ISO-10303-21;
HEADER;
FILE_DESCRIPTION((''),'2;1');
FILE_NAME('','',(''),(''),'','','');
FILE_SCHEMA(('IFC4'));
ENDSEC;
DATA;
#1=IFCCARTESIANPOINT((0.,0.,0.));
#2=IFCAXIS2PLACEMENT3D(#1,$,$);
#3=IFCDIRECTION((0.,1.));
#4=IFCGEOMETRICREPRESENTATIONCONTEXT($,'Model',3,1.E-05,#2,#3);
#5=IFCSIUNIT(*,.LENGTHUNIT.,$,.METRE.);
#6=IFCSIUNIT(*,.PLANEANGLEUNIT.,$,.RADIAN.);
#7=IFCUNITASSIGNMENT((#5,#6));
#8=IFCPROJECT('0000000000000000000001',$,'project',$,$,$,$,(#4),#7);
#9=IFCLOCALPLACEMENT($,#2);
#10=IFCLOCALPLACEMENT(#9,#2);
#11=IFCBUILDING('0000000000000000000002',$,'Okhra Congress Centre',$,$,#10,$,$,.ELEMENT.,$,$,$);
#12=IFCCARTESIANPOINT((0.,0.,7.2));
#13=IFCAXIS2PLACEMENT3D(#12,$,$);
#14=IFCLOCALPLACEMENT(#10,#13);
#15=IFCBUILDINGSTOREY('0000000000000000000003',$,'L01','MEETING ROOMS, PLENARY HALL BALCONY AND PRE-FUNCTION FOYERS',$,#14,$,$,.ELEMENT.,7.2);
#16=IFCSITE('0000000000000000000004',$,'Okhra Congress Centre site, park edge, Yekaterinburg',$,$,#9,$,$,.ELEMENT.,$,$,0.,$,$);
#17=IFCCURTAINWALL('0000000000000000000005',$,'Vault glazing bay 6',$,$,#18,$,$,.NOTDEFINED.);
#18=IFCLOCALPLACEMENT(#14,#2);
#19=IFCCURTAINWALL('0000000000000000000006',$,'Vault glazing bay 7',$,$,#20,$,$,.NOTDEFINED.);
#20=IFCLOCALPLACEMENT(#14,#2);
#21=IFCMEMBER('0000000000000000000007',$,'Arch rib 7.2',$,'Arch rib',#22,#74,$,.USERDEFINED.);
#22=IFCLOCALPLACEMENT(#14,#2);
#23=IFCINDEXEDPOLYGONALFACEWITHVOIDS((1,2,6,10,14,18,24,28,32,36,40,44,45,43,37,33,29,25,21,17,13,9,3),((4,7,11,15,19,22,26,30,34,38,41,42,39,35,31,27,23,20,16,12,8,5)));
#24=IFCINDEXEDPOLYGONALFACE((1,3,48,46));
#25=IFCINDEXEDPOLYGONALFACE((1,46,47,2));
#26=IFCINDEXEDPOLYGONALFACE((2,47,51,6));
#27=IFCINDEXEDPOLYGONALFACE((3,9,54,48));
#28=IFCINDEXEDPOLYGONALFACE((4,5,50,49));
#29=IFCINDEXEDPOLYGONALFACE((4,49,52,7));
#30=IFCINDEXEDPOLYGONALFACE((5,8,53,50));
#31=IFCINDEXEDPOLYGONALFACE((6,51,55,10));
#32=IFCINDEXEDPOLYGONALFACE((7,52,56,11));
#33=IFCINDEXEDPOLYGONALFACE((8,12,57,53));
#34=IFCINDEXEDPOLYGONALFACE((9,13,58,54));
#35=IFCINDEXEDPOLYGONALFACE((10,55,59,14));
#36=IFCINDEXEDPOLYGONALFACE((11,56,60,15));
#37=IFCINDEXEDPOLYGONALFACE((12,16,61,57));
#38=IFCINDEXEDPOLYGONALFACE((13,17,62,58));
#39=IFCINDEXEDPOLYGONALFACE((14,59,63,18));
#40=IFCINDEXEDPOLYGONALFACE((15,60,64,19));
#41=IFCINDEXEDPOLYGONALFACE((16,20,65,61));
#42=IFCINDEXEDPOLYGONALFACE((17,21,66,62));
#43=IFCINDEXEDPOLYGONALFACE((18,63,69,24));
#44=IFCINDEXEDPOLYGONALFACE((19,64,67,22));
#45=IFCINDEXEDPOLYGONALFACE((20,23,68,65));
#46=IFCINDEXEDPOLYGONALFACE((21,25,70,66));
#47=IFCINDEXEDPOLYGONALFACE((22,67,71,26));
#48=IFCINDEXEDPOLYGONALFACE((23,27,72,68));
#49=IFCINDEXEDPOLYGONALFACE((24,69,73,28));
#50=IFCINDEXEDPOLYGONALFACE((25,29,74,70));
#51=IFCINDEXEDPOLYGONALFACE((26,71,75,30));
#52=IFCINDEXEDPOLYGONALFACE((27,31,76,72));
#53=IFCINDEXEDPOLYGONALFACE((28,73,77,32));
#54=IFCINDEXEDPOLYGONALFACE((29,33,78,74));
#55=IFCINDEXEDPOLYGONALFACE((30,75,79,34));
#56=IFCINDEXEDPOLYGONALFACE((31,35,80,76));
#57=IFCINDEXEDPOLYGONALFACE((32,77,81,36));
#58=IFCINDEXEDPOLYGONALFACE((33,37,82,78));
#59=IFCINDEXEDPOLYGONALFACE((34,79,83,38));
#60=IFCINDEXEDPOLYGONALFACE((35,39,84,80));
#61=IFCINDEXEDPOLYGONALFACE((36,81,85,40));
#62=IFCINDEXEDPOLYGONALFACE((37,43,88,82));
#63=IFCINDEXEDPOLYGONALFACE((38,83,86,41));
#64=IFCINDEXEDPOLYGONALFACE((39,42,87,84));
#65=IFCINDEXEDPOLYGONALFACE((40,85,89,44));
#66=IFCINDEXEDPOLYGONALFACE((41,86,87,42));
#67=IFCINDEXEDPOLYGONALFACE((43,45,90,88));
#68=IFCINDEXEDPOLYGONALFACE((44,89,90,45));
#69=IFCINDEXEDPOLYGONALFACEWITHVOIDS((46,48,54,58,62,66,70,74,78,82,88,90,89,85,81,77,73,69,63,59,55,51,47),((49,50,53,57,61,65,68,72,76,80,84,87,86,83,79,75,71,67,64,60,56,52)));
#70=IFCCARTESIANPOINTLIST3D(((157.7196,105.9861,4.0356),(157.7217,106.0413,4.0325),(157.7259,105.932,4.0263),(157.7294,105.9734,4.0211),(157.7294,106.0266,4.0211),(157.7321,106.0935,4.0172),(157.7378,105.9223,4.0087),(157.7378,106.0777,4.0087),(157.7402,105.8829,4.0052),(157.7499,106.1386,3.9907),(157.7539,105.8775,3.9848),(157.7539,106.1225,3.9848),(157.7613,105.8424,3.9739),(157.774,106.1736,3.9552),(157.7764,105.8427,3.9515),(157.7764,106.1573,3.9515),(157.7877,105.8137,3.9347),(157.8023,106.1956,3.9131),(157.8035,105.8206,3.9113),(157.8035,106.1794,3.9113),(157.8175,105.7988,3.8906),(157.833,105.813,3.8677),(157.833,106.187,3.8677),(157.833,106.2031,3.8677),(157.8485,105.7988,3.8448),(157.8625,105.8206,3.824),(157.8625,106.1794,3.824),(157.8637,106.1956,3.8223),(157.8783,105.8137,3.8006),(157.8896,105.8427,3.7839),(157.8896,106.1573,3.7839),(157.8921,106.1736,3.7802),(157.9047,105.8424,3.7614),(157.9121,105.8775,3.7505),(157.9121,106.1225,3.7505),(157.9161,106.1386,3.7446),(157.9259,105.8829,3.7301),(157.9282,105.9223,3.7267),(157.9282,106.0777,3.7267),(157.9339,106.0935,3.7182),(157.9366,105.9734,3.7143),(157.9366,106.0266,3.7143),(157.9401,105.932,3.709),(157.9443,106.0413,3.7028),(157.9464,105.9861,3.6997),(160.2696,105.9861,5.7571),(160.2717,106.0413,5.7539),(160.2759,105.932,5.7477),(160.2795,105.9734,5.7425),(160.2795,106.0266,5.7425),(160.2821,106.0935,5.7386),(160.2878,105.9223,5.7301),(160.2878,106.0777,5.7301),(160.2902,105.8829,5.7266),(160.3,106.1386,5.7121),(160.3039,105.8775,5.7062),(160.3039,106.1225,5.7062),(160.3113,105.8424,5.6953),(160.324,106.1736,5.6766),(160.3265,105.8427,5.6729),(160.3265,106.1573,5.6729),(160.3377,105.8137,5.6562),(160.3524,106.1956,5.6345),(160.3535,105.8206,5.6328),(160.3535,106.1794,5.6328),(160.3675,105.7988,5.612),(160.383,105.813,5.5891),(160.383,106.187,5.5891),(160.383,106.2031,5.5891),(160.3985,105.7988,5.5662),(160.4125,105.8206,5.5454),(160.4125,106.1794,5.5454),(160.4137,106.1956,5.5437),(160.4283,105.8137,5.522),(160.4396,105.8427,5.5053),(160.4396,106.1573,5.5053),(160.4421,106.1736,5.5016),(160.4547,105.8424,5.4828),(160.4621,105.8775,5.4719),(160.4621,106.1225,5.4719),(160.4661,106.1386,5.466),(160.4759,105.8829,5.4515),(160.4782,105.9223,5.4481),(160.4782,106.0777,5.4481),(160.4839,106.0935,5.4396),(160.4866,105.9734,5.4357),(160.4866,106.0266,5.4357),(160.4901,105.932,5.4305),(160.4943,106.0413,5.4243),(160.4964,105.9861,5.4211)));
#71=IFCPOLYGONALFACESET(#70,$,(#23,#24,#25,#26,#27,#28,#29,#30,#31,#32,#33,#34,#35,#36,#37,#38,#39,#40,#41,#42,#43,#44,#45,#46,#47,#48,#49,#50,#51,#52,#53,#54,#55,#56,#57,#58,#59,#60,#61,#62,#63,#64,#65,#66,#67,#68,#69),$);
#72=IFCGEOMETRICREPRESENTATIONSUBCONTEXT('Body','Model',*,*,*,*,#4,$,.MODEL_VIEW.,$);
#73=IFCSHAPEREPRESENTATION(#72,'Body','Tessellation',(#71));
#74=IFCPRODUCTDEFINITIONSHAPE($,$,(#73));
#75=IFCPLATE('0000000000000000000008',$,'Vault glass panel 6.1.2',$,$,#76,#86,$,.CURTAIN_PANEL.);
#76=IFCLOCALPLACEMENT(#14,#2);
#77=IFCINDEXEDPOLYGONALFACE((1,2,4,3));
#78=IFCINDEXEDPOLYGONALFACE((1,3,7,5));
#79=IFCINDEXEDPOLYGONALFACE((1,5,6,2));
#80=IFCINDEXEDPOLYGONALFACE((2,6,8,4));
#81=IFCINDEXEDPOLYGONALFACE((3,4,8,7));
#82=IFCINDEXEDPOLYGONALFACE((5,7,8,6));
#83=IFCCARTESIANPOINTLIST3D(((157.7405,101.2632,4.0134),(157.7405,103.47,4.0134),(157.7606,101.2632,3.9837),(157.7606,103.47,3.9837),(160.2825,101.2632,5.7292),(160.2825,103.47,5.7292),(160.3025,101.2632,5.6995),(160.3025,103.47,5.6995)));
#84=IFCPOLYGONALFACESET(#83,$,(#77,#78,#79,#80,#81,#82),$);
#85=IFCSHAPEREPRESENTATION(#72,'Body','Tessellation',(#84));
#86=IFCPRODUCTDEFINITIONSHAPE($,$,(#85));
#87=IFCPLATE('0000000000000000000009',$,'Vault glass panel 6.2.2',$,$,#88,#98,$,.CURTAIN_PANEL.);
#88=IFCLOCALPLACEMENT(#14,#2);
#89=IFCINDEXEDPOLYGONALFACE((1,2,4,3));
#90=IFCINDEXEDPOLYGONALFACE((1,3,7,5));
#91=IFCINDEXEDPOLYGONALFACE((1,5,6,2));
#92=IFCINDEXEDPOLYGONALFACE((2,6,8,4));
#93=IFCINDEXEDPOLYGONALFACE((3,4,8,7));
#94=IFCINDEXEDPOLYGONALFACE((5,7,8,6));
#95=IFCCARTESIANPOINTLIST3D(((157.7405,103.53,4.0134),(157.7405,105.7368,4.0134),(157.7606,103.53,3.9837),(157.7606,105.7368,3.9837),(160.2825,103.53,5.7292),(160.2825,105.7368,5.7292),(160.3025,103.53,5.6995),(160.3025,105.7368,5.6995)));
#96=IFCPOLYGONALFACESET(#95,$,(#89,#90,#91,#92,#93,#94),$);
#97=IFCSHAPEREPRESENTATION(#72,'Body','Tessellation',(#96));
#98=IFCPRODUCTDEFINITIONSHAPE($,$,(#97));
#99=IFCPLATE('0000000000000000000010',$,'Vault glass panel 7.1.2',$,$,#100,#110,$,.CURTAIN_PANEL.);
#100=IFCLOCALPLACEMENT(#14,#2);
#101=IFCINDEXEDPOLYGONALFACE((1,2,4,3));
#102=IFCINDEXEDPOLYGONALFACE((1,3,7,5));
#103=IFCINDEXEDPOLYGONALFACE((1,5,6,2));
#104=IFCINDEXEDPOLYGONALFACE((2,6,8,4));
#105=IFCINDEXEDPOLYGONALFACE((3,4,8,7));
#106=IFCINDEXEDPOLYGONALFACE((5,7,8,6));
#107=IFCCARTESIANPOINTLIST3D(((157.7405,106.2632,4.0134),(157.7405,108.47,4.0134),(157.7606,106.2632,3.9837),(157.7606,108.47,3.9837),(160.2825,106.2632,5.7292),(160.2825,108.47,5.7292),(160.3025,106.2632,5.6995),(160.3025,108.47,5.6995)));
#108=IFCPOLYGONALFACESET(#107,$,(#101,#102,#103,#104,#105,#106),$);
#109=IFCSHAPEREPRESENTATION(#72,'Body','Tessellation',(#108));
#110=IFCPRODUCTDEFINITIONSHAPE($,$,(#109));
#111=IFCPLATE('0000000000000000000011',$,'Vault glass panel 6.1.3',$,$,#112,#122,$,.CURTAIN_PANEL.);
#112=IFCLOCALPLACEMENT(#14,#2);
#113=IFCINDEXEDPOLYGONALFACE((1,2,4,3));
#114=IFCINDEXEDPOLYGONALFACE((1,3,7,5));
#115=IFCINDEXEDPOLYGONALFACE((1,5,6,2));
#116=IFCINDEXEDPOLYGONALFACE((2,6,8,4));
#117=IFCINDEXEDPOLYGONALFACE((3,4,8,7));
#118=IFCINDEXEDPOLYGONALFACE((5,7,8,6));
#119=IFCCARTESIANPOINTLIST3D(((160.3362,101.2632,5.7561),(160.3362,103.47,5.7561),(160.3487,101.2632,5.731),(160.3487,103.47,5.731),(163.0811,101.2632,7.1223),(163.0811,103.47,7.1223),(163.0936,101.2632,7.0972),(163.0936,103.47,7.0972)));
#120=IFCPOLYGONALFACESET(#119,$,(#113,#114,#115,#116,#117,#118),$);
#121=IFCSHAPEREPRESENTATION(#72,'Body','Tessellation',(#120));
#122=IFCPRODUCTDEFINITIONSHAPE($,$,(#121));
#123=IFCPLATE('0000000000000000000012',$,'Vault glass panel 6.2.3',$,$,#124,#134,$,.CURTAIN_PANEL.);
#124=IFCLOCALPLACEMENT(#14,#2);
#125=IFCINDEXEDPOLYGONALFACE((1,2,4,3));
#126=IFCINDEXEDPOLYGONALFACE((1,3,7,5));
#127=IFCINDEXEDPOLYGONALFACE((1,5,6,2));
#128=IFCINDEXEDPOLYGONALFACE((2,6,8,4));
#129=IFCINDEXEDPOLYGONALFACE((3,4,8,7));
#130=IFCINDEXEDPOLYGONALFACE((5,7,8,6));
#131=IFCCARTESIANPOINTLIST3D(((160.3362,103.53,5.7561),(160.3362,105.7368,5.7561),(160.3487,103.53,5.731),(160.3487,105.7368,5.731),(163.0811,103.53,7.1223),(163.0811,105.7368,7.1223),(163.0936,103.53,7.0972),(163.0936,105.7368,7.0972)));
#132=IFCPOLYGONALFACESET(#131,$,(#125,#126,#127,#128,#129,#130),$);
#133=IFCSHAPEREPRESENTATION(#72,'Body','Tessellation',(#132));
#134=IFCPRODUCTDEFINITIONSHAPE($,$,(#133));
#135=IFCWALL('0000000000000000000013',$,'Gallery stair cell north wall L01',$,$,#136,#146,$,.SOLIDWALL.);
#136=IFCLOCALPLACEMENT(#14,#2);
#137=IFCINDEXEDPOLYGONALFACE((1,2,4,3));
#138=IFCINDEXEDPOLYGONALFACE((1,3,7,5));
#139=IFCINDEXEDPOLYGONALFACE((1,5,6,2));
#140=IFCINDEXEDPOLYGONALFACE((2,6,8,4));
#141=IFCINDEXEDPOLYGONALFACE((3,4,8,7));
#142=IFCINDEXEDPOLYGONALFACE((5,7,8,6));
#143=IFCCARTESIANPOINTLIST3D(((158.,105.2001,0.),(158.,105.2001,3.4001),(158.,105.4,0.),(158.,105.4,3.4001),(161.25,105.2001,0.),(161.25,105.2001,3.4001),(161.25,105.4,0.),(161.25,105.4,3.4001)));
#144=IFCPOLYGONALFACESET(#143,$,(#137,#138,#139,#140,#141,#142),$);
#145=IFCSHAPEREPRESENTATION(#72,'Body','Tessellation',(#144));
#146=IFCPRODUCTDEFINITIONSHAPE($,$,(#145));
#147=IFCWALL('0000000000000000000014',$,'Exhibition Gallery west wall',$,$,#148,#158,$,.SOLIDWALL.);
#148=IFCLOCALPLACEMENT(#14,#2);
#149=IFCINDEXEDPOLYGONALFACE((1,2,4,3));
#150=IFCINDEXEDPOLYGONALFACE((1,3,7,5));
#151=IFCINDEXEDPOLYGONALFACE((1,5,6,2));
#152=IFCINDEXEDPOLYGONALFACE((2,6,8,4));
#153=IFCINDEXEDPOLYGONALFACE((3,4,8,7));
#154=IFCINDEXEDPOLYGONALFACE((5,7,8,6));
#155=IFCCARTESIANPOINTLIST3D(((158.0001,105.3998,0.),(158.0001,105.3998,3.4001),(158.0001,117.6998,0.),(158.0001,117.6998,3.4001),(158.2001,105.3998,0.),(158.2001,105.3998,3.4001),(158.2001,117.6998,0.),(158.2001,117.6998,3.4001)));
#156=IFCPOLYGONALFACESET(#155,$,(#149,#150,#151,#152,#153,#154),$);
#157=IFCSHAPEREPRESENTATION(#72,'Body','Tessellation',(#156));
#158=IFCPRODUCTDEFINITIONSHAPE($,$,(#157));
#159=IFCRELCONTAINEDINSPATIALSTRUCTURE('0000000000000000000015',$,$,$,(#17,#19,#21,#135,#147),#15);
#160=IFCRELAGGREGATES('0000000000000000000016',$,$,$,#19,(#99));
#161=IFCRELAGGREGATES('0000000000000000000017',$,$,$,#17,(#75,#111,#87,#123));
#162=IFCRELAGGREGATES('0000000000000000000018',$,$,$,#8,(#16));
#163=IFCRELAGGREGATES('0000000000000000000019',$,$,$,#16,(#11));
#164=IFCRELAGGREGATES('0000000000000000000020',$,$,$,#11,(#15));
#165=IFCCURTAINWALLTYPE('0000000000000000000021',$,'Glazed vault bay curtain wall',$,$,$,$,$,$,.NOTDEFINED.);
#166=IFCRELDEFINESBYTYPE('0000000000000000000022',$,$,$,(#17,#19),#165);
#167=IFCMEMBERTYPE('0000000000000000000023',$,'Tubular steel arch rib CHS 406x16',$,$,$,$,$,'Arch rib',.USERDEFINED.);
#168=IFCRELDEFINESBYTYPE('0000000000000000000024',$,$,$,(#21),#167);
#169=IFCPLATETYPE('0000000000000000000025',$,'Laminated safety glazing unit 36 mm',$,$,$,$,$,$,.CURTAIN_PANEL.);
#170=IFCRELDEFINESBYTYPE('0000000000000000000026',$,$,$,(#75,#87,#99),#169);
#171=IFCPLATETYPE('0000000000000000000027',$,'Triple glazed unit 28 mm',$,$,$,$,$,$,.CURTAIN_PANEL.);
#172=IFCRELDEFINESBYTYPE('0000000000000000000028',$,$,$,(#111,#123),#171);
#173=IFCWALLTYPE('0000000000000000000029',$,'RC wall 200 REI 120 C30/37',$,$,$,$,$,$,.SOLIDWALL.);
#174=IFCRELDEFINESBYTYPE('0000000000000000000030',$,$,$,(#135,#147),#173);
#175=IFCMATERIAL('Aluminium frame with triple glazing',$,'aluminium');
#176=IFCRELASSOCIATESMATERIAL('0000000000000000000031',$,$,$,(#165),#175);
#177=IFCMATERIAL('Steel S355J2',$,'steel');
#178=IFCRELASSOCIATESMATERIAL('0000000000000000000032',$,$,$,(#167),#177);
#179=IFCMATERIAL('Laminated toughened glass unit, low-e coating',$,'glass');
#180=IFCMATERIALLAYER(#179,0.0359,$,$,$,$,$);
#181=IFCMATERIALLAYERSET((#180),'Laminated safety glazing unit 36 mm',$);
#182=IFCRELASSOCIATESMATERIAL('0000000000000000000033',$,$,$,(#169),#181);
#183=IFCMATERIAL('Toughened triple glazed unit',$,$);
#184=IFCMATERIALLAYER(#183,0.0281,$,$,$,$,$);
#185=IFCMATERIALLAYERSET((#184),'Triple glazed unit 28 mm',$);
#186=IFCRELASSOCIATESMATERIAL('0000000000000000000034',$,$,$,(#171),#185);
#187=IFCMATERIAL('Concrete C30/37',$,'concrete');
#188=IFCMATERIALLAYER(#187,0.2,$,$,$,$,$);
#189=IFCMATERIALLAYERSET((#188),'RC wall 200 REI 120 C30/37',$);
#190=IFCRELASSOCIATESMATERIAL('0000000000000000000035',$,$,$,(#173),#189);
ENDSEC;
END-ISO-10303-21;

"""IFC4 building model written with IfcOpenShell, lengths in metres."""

from ifc_helpers import new_model, si_unit, direction, frame, frame_2d, origin, origin_2d, place, context, subcontext, project, spatial, polyline, rectangle, hollow_circle, outline, extrude, material, layer, layer_set, material_profile, profile_set, type_object, element, aggregate, save


model = new_model("IFC4")

# Units and contexts
model_context = context("Model", 3, precision=1e-05, world=origin(), true_north=direction((0.0, 1.0)))
body_context = subcontext(model_context, "Body", "Model", "MODEL_VIEW")
ifc_project = project(units=[si_unit("LENGTHUNIT", "METRE"), si_unit("PLANEANGLEUNIT", "RADIAN")], contexts=[model_context])

# Site, building, storey
site_placement = place(None, origin())
site = spatial("IfcSite", under=ifc_project, at=site_placement, Name="Okhra Congress Centre site, park edge, Yekaterinburg", CompositionType="ELEMENT", RefElevation=0.0)
building_placement = place(site_placement, origin())
building = spatial("IfcBuilding", under=site, at=building_placement, Name="Okhra Congress Centre", CompositionType="ELEMENT")
storey_placement = place(building_placement, frame((0.0, 0.0, 7.2)))
storey = spatial("IfcBuildingStorey", under=building, at=storey_placement, Name="L01", Description="MEETING ROOMS, PLENARY HALL BALCONY AND PRE-FUNCTION FOYERS", CompositionType="ELEMENT", Elevation=7.2)

# Curtain walls
ifc_material_1 = material(Name="Aluminium frame with triple glazing", Category="aluminium")
curtain_wall_type = type_object("IfcCurtainWallType", Name="Glazed vault bay curtain wall", PredefinedType="NOTDEFINED", material=ifc_material_1)
curtain_wall_1_placement = place(storey_placement, origin())
curtain_wall_1 = element("IfcCurtainWall", 1, at=curtain_wall_1_placement, inside=storey, type_object=curtain_wall_type, Name="Vault glazing bay 6", PredefinedType="NOTDEFINED")
curtain_wall_2_placement = place(storey_placement, origin())
curtain_wall_2 = element("IfcCurtainWall", 2, at=curtain_wall_2_placement, inside=storey, type_object=curtain_wall_type, Name="Vault glazing bay 7", PredefinedType="NOTDEFINED")

# Member
ifc_material_2 = material(Name="Steel S355J2", Category="steel")
ifc_material_profile_1 = material_profile(ifc_material_2, hollow_circle(Radius=0.2031, WallThickness=0.0161, at=origin_2d()), Name="CHS 406.4x16")
ifc_profile_set_1 = profile_set([ifc_material_profile_1], Name="Steel S355J2")
member_type_1 = type_object("IfcMemberType", Name="Tubular steel arch rib CHS 406x16", ElementType="Arch rib", PredefinedType="USERDEFINED", material=ifc_profile_set_1)
member_1_placement = place(storey_placement, frame((157.833, 106.0, 3.8677), z_axis=(0.828826, 0.0, 0.559507), x_axis=(0.0, 1.0, 0.0)))
element("IfcMember", 3, at=member_1_placement, inside=storey, type_object=member_type_1, Name="Arch rib 7.2", ObjectType="Arch rib", PredefinedType="USERDEFINED", context=body_context, shape_type="SweptSolid", body=[
    extrude(hollow_circle(Radius=0.2031, WallThickness=0.0161, at=origin_2d()), origin(), (0.0, 0.0, 1.0), 3.0767),
])

# Plates
ifc_material_3 = material(Name="Laminated toughened glass unit, low-e coating", Category="glass")
ifc_layer_1 = layer(ifc_material_3, 0.0359)
ifc_layer_set_1 = layer_set([ifc_layer_1], Name="Laminated safety glazing unit 36 mm")
plate_type_1 = type_object("IfcPlateType", Name="Laminated safety glazing unit 36 mm", PredefinedType="CURTAIN_PANEL", material=ifc_layer_set_1)
plate_1_placement = place(storey_placement, frame((157.7405, 101.2632, 4.0134), z_axis=(-0.559467, 0.0, 0.828852), x_axis=(0.828852, 0.0, 0.559467)))
plate_1 = element("IfcPlate", 4, at=plate_1_placement, type_object=plate_type_1, Name="Vault glass panel 6.1.2", PredefinedType="CURTAIN_PANEL", context=body_context, shape_type="SweptSolid", body=[
    extrude(outline(polyline([(0.0, 0.0), (3.0669, 0.0), (3.0669, 2.2068), (0.0, 2.2068), (0.0, 0.0)])), origin(), (0.0, 0.0, -1.0), 0.0359),
])
plate_2_placement = place(storey_placement, frame((157.7405, 103.53, 4.0134), z_axis=(-0.559467, 0.0, 0.828852), x_axis=(0.828852, 0.0, 0.559467)))
plate_2 = element("IfcPlate", 5, at=plate_2_placement, type_object=plate_type_1, Name="Vault glass panel 6.2.2", PredefinedType="CURTAIN_PANEL", context=body_context, shape_type="SweptSolid", body=[
    extrude(outline(polyline([(0.0, 0.0), (3.0669, 0.0), (3.0669, 2.2068), (0.0, 2.2068), (0.0, 0.0)])), origin(), (0.0, 0.0, -1.0), 0.0359),
])
plate_3_placement = place(storey_placement, frame((157.7405, 106.2632, 4.0134), z_axis=(-0.559467, 0.0, 0.828852), x_axis=(0.828852, 0.0, 0.559467)))
plate_3 = element("IfcPlate", 6, at=plate_3_placement, type_object=plate_type_1, Name="Vault glass panel 7.1.2", PredefinedType="CURTAIN_PANEL", context=body_context, shape_type="SweptSolid", body=[
    extrude(outline(polyline([(0.0, 0.0), (3.0669, 0.0), (3.0669, 2.2068), (0.0, 2.2068), (0.0, 0.0)])), origin(), (0.0, 0.0, -1.0), 0.0359),
])
aggregate(curtain_wall_2, [plate_3])
ifc_material_4 = material(Name="Toughened triple glazed unit")
ifc_layer_2 = layer(ifc_material_4, 0.0281)
ifc_layer_set_2 = layer_set([ifc_layer_2], Name="Triple glazed unit 28 mm")
plate_type_2 = type_object("IfcPlateType", Name="Triple glazed unit 28 mm", PredefinedType="CURTAIN_PANEL", material=ifc_layer_set_2)
plate_4_placement = place(storey_placement, frame((160.3362, 101.2632, 5.7561), z_axis=(-0.445588, 0.0, 0.895238), x_axis=(0.895238, 0.0, 0.445588)))
plate_4 = element("IfcPlate", 7, at=plate_4_placement, type_object=plate_type_2, Name="Vault glass panel 6.1.3", PredefinedType="CURTAIN_PANEL", context=body_context, shape_type="SweptSolid", body=[
    extrude(outline(polyline([(0.0, 0.0), (3.0661, 0.0), (3.0661, 2.2068), (0.0, 2.2068), (0.0, 0.0)])), origin(), (0.0, 0.0, -1.0), 0.0281),
])
plate_5_placement = place(storey_placement, frame((160.3362, 103.53, 5.7561), z_axis=(-0.445588, 0.0, 0.895238), x_axis=(0.895238, 0.0, 0.445588)))
plate_5 = element("IfcPlate", 8, at=plate_5_placement, type_object=plate_type_2, Name="Vault glass panel 6.2.3", PredefinedType="CURTAIN_PANEL", context=body_context, shape_type="SweptSolid", body=[
    extrude(outline(polyline([(0.0, 0.0), (3.0661, 0.0), (3.0661, 2.2068), (0.0, 2.2068), (0.0, 0.0)])), origin(), (0.0, 0.0, -1.0), 0.0281),
])
aggregate(curtain_wall_1, [plate_1, plate_4, plate_2, plate_5])

# Walls
ifc_material_5 = material(Name="Concrete C30/37", Category="concrete")
ifc_layer_3 = layer(ifc_material_5, 0.2)
ifc_layer_set_3 = layer_set([ifc_layer_3], Name="RC wall 200 REI 120 C30/37")
wall_type = type_object("IfcWallType", Name="RC wall 200 REI 120 C30/37", PredefinedType="SOLIDWALL", material=ifc_layer_set_3)
wall_1_placement = place(storey_placement, frame((158.0, 105.3, 0.0), z_axis=(0.0, 0.0, 1.0), x_axis=(1.0, 0.0, 0.0)))
element("IfcWall", 9, at=wall_1_placement, inside=storey, type_object=wall_type, Name="Gallery stair cell north wall L01", PredefinedType="SOLIDWALL", context=body_context, shape_type="SweptSolid", body=[
    extrude(rectangle(XDim=3.25, YDim=0.2, at=frame_2d((1.625, 0.0))), origin(), (0.0, 0.0, 1.0), 3.4001),
])
wall_2_placement = place(storey_placement, frame((158.1001, 105.3999, 0.0), z_axis=(0.0, 0.0, 1.0), x_axis=(0.0, 1.0, 0.0)))
element("IfcWall", 10, at=wall_2_placement, inside=storey, type_object=wall_type, Name="Exhibition Gallery west wall", PredefinedType="SOLIDWALL", context=body_context, shape_type="SweptSolid", body=[
    extrude(rectangle(XDim=12.3, YDim=0.2, at=frame_2d((6.1499, 0.0))), origin(), (0.0, 0.0, 1.0), 3.4001),
])

save(model, "model.ifc")
